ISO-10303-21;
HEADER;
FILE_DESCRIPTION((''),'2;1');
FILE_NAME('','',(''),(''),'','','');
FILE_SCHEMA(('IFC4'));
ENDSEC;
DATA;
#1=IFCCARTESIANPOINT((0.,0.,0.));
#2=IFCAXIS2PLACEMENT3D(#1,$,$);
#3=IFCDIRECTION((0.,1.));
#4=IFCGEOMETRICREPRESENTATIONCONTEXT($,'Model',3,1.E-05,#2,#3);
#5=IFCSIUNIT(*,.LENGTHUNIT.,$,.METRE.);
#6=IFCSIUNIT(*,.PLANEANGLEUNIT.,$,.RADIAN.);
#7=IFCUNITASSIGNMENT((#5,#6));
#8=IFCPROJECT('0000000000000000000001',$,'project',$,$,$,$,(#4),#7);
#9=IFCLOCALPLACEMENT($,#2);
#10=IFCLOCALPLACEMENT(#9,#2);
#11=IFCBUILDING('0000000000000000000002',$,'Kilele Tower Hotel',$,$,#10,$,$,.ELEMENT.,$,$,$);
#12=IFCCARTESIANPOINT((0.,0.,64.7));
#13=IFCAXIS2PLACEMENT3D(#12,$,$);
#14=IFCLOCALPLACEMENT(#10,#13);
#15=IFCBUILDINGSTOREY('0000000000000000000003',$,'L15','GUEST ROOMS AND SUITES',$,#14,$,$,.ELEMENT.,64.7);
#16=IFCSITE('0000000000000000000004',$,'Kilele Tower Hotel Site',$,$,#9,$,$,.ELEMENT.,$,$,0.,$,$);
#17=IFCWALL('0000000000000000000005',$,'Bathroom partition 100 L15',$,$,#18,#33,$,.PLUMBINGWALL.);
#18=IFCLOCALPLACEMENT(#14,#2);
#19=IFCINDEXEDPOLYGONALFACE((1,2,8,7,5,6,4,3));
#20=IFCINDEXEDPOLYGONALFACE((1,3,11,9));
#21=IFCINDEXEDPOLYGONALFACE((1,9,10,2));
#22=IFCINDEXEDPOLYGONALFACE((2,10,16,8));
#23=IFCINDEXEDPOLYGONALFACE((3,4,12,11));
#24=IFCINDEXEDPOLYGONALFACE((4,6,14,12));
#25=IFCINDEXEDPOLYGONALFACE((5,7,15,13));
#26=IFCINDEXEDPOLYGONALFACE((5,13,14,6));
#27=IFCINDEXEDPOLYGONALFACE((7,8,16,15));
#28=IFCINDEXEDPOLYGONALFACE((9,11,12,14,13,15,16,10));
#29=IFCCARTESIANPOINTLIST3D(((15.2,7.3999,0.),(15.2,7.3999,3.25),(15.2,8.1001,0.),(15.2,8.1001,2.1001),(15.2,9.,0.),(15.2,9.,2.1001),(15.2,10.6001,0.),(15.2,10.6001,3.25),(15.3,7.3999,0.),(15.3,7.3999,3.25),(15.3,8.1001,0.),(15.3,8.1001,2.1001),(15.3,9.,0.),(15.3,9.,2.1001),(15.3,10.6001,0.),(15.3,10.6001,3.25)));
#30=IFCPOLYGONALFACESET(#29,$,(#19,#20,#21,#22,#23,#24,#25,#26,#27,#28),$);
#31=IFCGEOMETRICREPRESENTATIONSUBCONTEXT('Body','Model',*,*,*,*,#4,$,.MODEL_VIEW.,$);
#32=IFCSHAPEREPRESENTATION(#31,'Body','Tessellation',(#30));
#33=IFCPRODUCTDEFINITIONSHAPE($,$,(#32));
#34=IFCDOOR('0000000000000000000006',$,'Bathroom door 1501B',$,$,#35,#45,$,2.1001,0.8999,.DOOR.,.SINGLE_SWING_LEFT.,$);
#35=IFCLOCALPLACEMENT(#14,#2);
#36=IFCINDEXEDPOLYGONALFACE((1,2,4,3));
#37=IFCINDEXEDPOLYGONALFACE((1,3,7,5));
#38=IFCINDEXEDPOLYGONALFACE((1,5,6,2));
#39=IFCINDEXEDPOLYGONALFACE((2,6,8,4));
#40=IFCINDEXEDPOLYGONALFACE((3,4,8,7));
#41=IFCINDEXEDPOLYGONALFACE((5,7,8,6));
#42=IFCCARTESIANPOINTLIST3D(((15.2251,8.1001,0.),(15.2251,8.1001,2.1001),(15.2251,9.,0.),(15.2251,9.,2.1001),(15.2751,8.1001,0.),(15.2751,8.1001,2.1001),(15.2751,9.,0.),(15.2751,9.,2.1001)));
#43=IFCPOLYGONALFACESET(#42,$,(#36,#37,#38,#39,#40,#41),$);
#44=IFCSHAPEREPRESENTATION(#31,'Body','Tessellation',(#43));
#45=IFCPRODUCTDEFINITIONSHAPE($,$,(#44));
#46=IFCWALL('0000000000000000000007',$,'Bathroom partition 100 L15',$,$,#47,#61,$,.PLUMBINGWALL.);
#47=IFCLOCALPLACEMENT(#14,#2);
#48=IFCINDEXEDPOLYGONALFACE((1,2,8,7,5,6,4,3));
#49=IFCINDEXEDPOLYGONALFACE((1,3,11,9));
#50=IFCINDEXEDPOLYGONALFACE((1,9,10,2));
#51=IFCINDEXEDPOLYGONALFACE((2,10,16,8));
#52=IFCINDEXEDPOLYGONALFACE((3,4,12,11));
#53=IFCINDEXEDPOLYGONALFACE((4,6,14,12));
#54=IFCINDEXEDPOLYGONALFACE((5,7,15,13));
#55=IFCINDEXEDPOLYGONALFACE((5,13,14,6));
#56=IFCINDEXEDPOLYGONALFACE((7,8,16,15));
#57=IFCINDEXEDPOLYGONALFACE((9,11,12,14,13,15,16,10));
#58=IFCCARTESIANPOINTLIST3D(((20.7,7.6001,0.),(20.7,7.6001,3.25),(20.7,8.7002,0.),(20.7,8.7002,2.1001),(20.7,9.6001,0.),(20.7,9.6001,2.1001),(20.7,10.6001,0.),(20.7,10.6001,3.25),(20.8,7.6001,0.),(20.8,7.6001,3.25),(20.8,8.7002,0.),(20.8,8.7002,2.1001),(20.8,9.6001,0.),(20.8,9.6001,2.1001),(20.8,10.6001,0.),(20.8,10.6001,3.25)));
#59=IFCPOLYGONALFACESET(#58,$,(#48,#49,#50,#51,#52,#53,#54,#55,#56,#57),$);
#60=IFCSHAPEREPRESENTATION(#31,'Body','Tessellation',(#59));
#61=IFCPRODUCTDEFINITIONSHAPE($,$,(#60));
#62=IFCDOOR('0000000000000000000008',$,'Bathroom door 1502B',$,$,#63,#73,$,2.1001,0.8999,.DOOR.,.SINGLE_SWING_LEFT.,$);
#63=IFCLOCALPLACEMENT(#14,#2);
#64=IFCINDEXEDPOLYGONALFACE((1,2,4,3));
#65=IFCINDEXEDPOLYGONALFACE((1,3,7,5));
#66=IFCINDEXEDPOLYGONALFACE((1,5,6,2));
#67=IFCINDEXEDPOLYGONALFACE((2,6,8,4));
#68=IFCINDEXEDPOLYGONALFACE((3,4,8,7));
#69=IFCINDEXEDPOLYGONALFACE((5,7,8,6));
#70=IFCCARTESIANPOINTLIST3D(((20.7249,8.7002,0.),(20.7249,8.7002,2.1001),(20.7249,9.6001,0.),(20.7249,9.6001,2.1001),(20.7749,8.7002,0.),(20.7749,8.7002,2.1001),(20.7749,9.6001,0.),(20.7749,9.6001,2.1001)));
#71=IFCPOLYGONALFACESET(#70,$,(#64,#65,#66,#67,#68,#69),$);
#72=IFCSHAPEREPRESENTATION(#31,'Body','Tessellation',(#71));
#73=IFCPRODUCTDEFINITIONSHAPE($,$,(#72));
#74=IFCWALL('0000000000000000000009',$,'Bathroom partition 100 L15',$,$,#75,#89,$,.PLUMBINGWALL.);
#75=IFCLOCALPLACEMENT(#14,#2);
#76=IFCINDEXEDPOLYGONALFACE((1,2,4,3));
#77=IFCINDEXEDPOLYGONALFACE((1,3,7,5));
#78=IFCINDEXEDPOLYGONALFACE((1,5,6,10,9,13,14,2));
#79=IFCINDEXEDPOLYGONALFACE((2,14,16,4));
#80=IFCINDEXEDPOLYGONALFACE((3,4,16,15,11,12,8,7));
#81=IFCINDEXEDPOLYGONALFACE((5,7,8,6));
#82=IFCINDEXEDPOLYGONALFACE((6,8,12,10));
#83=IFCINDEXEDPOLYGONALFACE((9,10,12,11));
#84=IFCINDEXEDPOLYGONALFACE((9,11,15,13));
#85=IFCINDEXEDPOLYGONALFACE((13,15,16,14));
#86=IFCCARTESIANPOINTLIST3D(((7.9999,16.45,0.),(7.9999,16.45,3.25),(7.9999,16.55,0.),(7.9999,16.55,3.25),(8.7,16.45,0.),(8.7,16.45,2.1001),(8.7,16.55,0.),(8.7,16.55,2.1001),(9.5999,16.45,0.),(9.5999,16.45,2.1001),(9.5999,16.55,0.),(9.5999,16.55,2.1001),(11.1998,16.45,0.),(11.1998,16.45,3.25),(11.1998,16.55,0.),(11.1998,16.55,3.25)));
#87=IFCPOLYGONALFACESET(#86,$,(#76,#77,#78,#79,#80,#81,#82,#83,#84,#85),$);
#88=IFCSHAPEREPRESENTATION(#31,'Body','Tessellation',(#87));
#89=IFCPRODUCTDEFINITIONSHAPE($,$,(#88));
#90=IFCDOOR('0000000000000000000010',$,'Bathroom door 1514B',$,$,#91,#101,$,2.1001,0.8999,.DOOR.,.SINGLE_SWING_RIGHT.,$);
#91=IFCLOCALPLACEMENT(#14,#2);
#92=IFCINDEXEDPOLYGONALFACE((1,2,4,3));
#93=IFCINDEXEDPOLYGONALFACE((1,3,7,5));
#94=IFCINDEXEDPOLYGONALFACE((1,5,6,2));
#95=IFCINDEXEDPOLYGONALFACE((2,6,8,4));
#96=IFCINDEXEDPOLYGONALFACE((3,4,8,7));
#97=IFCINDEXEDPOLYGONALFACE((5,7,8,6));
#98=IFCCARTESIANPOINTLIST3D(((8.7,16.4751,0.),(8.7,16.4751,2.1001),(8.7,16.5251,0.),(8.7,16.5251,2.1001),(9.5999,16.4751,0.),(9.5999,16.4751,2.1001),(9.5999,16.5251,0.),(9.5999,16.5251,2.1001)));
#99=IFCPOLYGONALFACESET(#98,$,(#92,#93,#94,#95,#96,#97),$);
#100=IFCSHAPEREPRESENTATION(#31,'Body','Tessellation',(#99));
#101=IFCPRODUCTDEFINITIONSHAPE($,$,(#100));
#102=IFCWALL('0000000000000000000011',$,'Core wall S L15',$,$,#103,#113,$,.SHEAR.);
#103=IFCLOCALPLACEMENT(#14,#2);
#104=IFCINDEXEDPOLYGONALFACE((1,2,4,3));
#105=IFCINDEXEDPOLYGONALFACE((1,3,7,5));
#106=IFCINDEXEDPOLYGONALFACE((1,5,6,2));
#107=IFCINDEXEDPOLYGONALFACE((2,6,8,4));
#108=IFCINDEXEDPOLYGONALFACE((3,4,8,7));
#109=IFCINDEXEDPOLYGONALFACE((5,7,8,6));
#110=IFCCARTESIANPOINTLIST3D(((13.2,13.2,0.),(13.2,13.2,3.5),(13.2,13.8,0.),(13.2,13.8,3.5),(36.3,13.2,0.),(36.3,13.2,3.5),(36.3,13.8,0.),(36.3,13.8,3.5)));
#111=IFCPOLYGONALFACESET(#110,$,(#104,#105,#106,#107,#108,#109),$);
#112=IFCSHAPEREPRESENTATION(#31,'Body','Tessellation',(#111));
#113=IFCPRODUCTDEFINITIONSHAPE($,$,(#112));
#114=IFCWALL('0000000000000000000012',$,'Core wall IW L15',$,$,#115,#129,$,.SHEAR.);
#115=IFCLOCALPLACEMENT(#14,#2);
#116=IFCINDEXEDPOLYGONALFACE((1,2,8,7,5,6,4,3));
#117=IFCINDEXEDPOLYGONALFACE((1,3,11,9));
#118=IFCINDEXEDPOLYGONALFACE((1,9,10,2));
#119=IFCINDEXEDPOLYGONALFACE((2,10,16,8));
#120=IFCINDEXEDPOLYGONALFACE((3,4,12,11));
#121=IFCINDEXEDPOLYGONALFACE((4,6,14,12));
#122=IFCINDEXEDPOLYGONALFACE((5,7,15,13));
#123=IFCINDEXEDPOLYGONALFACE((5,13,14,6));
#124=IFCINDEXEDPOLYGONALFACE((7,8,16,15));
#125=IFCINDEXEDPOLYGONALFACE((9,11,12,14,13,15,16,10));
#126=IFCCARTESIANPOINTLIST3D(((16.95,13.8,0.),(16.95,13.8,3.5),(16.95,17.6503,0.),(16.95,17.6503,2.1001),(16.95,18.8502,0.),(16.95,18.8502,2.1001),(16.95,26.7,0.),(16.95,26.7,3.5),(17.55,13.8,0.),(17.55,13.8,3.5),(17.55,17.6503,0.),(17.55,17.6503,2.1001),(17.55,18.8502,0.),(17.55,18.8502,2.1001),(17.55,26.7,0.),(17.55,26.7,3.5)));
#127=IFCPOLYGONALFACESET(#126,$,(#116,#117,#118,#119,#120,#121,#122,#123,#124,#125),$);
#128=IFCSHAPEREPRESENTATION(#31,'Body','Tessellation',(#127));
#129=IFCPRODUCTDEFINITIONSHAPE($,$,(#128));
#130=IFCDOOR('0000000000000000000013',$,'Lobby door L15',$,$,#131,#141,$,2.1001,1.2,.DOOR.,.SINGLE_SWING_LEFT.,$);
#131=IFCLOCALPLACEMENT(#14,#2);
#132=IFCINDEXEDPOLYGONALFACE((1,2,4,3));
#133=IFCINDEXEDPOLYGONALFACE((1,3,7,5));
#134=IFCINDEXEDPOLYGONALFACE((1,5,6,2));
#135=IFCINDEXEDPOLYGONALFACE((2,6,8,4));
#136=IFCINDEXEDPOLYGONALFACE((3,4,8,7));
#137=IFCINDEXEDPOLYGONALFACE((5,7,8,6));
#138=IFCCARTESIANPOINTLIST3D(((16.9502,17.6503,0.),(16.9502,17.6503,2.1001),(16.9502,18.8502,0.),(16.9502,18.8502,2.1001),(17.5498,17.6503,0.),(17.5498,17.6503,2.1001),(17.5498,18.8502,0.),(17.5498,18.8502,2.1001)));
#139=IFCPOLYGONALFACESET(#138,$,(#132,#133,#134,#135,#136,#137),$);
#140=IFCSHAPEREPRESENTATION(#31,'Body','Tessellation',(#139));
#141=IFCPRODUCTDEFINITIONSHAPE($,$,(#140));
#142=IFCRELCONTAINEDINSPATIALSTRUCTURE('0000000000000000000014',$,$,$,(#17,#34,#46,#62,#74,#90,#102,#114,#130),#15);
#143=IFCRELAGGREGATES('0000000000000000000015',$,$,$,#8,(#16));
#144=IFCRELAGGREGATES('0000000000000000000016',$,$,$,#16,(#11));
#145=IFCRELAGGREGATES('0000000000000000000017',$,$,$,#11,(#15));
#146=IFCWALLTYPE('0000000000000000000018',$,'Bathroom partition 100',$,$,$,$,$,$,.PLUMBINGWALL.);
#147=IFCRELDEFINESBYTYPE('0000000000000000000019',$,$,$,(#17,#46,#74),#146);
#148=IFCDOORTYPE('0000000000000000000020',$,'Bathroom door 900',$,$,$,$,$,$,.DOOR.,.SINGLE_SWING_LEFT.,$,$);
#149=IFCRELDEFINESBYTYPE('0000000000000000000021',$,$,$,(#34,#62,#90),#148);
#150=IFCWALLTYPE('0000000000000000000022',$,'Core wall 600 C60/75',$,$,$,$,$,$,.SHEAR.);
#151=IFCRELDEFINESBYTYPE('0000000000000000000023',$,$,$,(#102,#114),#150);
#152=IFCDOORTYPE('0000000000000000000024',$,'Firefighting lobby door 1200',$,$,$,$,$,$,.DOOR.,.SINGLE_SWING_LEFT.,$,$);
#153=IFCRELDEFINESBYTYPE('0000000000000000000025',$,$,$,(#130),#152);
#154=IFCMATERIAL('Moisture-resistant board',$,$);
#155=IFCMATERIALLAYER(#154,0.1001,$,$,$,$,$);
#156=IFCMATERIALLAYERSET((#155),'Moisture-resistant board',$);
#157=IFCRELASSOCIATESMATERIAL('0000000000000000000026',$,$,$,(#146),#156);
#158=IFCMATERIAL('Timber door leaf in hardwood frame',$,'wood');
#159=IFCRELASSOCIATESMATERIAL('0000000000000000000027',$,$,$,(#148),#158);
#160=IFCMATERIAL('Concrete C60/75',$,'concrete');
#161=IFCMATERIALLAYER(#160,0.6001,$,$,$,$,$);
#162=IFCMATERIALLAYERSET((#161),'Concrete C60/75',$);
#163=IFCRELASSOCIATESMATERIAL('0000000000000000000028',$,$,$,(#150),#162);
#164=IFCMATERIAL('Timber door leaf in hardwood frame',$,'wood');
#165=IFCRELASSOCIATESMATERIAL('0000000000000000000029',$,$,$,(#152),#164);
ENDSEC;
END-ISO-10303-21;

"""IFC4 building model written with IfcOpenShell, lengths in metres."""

from ifc_helpers import new_model, si_unit, direction, frame, frame_2d, origin, place, context, subcontext, project, spatial, rectangle, extrude, material, layer, layer_set, type_object, element, fill, save


model = new_model("IFC4")

# Units and contexts
model_context = context("Model", 3, precision=1e-05, world=origin(), true_north=direction((0.0, 1.0)))
body_context = subcontext(model_context, "Body", "Model", "MODEL_VIEW")
ifc_project = project(units=[si_unit("LENGTHUNIT", "METRE"), si_unit("PLANEANGLEUNIT", "RADIAN")], contexts=[model_context])

# Site, building, storey
site_placement = place(None, origin())
site = spatial("IfcSite", under=ifc_project, at=site_placement, Name="Kilele Tower Hotel Site", CompositionType="ELEMENT", RefElevation=0.0)
building_placement = place(site_placement, origin())
building = spatial("IfcBuilding", under=site, at=building_placement, Name="Kilele Tower Hotel", CompositionType="ELEMENT")
storey_placement = place(building_placement, frame((0.0, 0.0, 64.7)))
storey = spatial("IfcBuildingStorey", under=building, at=storey_placement, Name="L15", Description="GUEST ROOMS AND SUITES", CompositionType="ELEMENT", Elevation=64.7)

# Walls, openings, doors
ifc_material_1 = material(Name="Moisture-resistant board")
ifc_layer_1 = layer(ifc_material_1, 0.1001)
ifc_layer_set_1 = layer_set([ifc_layer_1], Name="Moisture-resistant board")
wall_type_1 = type_object("IfcWallType", Name="Bathroom partition 100", PredefinedType="PLUMBINGWALL", material=ifc_layer_set_1)
wall_1_placement = place(storey_placement, frame((15.25, 10.6001, 0.0), z_axis=(0.0, 0.0, 1.0), x_axis=(0.0, -1.0, 0.0)))
wall_1 = element("IfcWall", 1, at=wall_1_placement, inside=storey, type_object=wall_type_1, Name="Bathroom partition 100 L15", PredefinedType="PLUMBINGWALL", context=body_context, shape_type="SweptSolid", body=[
    extrude(rectangle(XDim=3.2002, YDim=0.1001, at=frame_2d((1.6001, 0.0))), origin(), (0.0, 0.0, 1.0), 3.25),
])
opening_1_placement = place(wall_1_placement, frame((2.5, 0.0, 0.0), z_axis=(0.0, 0.0, 1.0), x_axis=(-1.0, 0.0, 0.0)))
opening_1 = element("IfcOpeningElement", 2, at=opening_1_placement, cuts=wall_1, PredefinedType="OPENING", context=body_context, shape_type="SweptSolid", body=[
    extrude(rectangle(XDim=0.8999, YDim=2.1001, at=frame_2d((0.45, 1.05))), frame((0.0, 0.0601, 0.0), z_axis=(0.0, -1.0, 0.0), x_axis=(1.0, 0.0, 0.0)), (0.0, 0.0, 1.0), 0.1201),
])
ifc_material_2 = material(Name="Timber door leaf in hardwood frame", Category="wood")
door_type_1 = type_object("IfcDoorType", Name="Bathroom door 900", OperationType="SINGLE_SWING_LEFT", PredefinedType="DOOR", material=ifc_material_2)
door_1_placement = place(opening_1_placement, origin())
door_1 = element("IfcDoor", 3, at=door_1_placement, inside=storey, type_object=door_type_1, Name="Bathroom door 1501B", OperationType="SINGLE_SWING_LEFT", OverallHeight=2.1001, OverallWidth=0.8999, PredefinedType="DOOR", context=body_context, shape_type="SweptSolid", body=[
    extrude(rectangle(XDim=0.8999, YDim=2.1001, at=frame_2d((0.45, 1.05))), frame((0.0, 0.0249, 0.0), z_axis=(0.0, -1.0, 0.0), x_axis=(1.0, 0.0, 0.0)), (0.0, 0.0, 1.0), 0.05),
])
fill(opening_1, door_1)
wall_2_placement = place(storey_placement, frame((20.75, 10.6001, 0.0), z_axis=(0.0, 0.0, 1.0), x_axis=(0.0, -1.0, 0.0)))
wall_2 = element("IfcWall", 4, at=wall_2_placement, inside=storey, type_object=wall_type_1, Name="Bathroom partition 100 L15", PredefinedType="PLUMBINGWALL", context=body_context, shape_type="SweptSolid", body=[
    extrude(rectangle(XDim=3.0, YDim=0.1001, at=frame_2d((1.5, 0.0))), origin(), (0.0, 0.0, 1.0), 3.25),
])
opening_2_placement = place(wall_2_placement, frame((1.0, 0.0, 0.0)))
opening_2 = element("IfcOpeningElement", 5, at=opening_2_placement, cuts=wall_2, PredefinedType="OPENING", context=body_context, shape_type="SweptSolid", body=[
    extrude(rectangle(XDim=0.8999, YDim=2.1001, at=frame_2d((0.45, 1.05))), frame((0.0, 0.0601, 0.0), z_axis=(0.0, -1.0, 0.0), x_axis=(1.0, 0.0, 0.0)), (0.0, 0.0, 1.0), 0.1201),
])
door_2_placement = place(opening_2_placement, origin())
door_2 = element("IfcDoor", 6, at=door_2_placement, inside=storey, type_object=door_type_1, Name="Bathroom door 1502B", OperationType="SINGLE_SWING_LEFT", OverallHeight=2.1001, OverallWidth=0.8999, PredefinedType="DOOR", context=body_context, shape_type="SweptSolid", body=[
    extrude(rectangle(XDim=0.8999, YDim=2.1001, at=frame_2d((0.45, 1.05))), frame((0.0, 0.0249, 0.0), z_axis=(0.0, -1.0, 0.0), x_axis=(1.0, 0.0, 0.0)), (0.0, 0.0, 1.0), 0.05),
])
fill(opening_2, door_2)
wall_3_placement = place(storey_placement, frame((11.2, 16.5, 0.0), z_axis=(0.0, 0.0, 1.0), x_axis=(-1.0, 0.0, 0.0)))
wall_3 = element("IfcWall", 7, at=wall_3_placement, inside=storey, type_object=wall_type_1, Name="Bathroom partition 100 L15", PredefinedType="PLUMBINGWALL", context=body_context, shape_type="SweptSolid", body=[
    extrude(rectangle(XDim=3.2, YDim=0.1001, at=frame_2d((1.6001, 0.0))), origin(), (0.0, 0.0, 1.0), 3.25),
])
opening_3_placement = place(wall_3_placement, frame((1.6001, 0.0, 0.0)))
opening_3 = element("IfcOpeningElement", 8, at=opening_3_placement, cuts=wall_3, PredefinedType="OPENING", context=body_context, shape_type="SweptSolid", body=[
    extrude(rectangle(XDim=0.8999, YDim=2.1001, at=frame_2d((0.45, 1.05))), frame((0.0, 0.0601, 0.0), z_axis=(0.0, -1.0, 0.0), x_axis=(1.0, 0.0, 0.0)), (0.0, 0.0, 1.0), 0.1201),
])
door_3_placement = place(opening_3_placement, origin())
door_3 = element("IfcDoor", 9, at=door_3_placement, inside=storey, type_object=door_type_1, Name="Bathroom door 1514B", OperationType="SINGLE_SWING_RIGHT", OverallHeight=2.1001, OverallWidth=0.8999, PredefinedType="DOOR", context=body_context, shape_type="SweptSolid", body=[
    extrude(rectangle(XDim=0.8999, YDim=2.1001, at=frame_2d((0.45, 1.05))), frame((0.0, 0.0249, 0.0), z_axis=(0.0, -1.0, 0.0), x_axis=(1.0, 0.0, 0.0)), (0.0, 0.0, 1.0), 0.05),
])
fill(opening_3, door_3)

# Wall
ifc_material_3 = material(Name="Concrete C60/75", Category="concrete")
ifc_layer_2 = layer(ifc_material_3, 0.6001)
ifc_layer_set_2 = layer_set([ifc_layer_2], Name="Concrete C60/75")
wall_type_2 = type_object("IfcWallType", Name="Core wall 600 C60/75", PredefinedType="SHEAR", material=ifc_layer_set_2)
wall_4_placement = place(storey_placement, frame((13.2, 13.5, 0.0), z_axis=(0.0, 0.0, 1.0), x_axis=(1.0, 0.0, 0.0)))
element("IfcWall", 10, at=wall_4_placement, inside=storey, type_object=wall_type_2, Name="Core wall S L15", PredefinedType="SHEAR", context=body_context, shape_type="SweptSolid", body=[
    extrude(rectangle(XDim=23.1001, YDim=0.6001, at=frame_2d((11.55, 0.0))), origin(), (0.0, 0.0, 1.0), 3.5),
])

# Wall, opening, door
wall_5_placement = place(storey_placement, frame((17.25, 13.8, 0.0), z_axis=(0.0, 0.0, 1.0), x_axis=(0.0, 1.0, 0.0)))
wall_5 = element("IfcWall", 11, at=wall_5_placement, inside=storey, type_object=wall_type_2, Name="Core wall IW L15", PredefinedType="SHEAR", context=body_context, shape_type="SweptSolid", body=[
    extrude(rectangle(XDim=12.8999, YDim=0.6001, at=frame_2d((6.45, 0.0))), origin(), (0.0, 0.0, 1.0), 3.5),
])
opening_4_placement = place(wall_5_placement, frame((3.8501, 0.0, 0.0)))
opening_4 = element("IfcOpeningElement", 12, at=opening_4_placement, cuts=wall_5, PredefinedType="OPENING", context=body_context, shape_type="SweptSolid", body=[
    extrude(rectangle(XDim=1.2, YDim=2.1001, at=frame_2d((0.6001, 1.05))), frame((0.0, 0.3101, 0.0), z_axis=(0.0, -1.0, 0.0), x_axis=(1.0, 0.0, 0.0)), (0.0, 0.0, 1.0), 0.6201),
])
ifc_material_4 = material(Name="Timber door leaf in hardwood frame", Category="wood")
door_type_2 = type_object("IfcDoorType", Name="Firefighting lobby door 1200", OperationType="SINGLE_SWING_LEFT", PredefinedType="DOOR", material=ifc_material_4)
door_4_placement = place(opening_4_placement, origin())
door_4 = element("IfcDoor", 13, at=door_4_placement, inside=storey, type_object=door_type_2, Name="Lobby door L15", OperationType="SINGLE_SWING_LEFT", OverallHeight=2.1001, OverallWidth=1.2, PredefinedType="DOOR", context=body_context, shape_type="SweptSolid", body=[
    extrude(rectangle(XDim=1.2, YDim=2.1001, at=frame_2d((0.6001, 1.05))), frame((0.0, 0.2998, 0.0), z_axis=(0.0, -1.0, 0.0), x_axis=(1.0, 0.0, 0.0)), (0.0, 0.0, 1.0), 0.5996),
])
fill(opening_4, door_4)

save(model, "model.ifc")
